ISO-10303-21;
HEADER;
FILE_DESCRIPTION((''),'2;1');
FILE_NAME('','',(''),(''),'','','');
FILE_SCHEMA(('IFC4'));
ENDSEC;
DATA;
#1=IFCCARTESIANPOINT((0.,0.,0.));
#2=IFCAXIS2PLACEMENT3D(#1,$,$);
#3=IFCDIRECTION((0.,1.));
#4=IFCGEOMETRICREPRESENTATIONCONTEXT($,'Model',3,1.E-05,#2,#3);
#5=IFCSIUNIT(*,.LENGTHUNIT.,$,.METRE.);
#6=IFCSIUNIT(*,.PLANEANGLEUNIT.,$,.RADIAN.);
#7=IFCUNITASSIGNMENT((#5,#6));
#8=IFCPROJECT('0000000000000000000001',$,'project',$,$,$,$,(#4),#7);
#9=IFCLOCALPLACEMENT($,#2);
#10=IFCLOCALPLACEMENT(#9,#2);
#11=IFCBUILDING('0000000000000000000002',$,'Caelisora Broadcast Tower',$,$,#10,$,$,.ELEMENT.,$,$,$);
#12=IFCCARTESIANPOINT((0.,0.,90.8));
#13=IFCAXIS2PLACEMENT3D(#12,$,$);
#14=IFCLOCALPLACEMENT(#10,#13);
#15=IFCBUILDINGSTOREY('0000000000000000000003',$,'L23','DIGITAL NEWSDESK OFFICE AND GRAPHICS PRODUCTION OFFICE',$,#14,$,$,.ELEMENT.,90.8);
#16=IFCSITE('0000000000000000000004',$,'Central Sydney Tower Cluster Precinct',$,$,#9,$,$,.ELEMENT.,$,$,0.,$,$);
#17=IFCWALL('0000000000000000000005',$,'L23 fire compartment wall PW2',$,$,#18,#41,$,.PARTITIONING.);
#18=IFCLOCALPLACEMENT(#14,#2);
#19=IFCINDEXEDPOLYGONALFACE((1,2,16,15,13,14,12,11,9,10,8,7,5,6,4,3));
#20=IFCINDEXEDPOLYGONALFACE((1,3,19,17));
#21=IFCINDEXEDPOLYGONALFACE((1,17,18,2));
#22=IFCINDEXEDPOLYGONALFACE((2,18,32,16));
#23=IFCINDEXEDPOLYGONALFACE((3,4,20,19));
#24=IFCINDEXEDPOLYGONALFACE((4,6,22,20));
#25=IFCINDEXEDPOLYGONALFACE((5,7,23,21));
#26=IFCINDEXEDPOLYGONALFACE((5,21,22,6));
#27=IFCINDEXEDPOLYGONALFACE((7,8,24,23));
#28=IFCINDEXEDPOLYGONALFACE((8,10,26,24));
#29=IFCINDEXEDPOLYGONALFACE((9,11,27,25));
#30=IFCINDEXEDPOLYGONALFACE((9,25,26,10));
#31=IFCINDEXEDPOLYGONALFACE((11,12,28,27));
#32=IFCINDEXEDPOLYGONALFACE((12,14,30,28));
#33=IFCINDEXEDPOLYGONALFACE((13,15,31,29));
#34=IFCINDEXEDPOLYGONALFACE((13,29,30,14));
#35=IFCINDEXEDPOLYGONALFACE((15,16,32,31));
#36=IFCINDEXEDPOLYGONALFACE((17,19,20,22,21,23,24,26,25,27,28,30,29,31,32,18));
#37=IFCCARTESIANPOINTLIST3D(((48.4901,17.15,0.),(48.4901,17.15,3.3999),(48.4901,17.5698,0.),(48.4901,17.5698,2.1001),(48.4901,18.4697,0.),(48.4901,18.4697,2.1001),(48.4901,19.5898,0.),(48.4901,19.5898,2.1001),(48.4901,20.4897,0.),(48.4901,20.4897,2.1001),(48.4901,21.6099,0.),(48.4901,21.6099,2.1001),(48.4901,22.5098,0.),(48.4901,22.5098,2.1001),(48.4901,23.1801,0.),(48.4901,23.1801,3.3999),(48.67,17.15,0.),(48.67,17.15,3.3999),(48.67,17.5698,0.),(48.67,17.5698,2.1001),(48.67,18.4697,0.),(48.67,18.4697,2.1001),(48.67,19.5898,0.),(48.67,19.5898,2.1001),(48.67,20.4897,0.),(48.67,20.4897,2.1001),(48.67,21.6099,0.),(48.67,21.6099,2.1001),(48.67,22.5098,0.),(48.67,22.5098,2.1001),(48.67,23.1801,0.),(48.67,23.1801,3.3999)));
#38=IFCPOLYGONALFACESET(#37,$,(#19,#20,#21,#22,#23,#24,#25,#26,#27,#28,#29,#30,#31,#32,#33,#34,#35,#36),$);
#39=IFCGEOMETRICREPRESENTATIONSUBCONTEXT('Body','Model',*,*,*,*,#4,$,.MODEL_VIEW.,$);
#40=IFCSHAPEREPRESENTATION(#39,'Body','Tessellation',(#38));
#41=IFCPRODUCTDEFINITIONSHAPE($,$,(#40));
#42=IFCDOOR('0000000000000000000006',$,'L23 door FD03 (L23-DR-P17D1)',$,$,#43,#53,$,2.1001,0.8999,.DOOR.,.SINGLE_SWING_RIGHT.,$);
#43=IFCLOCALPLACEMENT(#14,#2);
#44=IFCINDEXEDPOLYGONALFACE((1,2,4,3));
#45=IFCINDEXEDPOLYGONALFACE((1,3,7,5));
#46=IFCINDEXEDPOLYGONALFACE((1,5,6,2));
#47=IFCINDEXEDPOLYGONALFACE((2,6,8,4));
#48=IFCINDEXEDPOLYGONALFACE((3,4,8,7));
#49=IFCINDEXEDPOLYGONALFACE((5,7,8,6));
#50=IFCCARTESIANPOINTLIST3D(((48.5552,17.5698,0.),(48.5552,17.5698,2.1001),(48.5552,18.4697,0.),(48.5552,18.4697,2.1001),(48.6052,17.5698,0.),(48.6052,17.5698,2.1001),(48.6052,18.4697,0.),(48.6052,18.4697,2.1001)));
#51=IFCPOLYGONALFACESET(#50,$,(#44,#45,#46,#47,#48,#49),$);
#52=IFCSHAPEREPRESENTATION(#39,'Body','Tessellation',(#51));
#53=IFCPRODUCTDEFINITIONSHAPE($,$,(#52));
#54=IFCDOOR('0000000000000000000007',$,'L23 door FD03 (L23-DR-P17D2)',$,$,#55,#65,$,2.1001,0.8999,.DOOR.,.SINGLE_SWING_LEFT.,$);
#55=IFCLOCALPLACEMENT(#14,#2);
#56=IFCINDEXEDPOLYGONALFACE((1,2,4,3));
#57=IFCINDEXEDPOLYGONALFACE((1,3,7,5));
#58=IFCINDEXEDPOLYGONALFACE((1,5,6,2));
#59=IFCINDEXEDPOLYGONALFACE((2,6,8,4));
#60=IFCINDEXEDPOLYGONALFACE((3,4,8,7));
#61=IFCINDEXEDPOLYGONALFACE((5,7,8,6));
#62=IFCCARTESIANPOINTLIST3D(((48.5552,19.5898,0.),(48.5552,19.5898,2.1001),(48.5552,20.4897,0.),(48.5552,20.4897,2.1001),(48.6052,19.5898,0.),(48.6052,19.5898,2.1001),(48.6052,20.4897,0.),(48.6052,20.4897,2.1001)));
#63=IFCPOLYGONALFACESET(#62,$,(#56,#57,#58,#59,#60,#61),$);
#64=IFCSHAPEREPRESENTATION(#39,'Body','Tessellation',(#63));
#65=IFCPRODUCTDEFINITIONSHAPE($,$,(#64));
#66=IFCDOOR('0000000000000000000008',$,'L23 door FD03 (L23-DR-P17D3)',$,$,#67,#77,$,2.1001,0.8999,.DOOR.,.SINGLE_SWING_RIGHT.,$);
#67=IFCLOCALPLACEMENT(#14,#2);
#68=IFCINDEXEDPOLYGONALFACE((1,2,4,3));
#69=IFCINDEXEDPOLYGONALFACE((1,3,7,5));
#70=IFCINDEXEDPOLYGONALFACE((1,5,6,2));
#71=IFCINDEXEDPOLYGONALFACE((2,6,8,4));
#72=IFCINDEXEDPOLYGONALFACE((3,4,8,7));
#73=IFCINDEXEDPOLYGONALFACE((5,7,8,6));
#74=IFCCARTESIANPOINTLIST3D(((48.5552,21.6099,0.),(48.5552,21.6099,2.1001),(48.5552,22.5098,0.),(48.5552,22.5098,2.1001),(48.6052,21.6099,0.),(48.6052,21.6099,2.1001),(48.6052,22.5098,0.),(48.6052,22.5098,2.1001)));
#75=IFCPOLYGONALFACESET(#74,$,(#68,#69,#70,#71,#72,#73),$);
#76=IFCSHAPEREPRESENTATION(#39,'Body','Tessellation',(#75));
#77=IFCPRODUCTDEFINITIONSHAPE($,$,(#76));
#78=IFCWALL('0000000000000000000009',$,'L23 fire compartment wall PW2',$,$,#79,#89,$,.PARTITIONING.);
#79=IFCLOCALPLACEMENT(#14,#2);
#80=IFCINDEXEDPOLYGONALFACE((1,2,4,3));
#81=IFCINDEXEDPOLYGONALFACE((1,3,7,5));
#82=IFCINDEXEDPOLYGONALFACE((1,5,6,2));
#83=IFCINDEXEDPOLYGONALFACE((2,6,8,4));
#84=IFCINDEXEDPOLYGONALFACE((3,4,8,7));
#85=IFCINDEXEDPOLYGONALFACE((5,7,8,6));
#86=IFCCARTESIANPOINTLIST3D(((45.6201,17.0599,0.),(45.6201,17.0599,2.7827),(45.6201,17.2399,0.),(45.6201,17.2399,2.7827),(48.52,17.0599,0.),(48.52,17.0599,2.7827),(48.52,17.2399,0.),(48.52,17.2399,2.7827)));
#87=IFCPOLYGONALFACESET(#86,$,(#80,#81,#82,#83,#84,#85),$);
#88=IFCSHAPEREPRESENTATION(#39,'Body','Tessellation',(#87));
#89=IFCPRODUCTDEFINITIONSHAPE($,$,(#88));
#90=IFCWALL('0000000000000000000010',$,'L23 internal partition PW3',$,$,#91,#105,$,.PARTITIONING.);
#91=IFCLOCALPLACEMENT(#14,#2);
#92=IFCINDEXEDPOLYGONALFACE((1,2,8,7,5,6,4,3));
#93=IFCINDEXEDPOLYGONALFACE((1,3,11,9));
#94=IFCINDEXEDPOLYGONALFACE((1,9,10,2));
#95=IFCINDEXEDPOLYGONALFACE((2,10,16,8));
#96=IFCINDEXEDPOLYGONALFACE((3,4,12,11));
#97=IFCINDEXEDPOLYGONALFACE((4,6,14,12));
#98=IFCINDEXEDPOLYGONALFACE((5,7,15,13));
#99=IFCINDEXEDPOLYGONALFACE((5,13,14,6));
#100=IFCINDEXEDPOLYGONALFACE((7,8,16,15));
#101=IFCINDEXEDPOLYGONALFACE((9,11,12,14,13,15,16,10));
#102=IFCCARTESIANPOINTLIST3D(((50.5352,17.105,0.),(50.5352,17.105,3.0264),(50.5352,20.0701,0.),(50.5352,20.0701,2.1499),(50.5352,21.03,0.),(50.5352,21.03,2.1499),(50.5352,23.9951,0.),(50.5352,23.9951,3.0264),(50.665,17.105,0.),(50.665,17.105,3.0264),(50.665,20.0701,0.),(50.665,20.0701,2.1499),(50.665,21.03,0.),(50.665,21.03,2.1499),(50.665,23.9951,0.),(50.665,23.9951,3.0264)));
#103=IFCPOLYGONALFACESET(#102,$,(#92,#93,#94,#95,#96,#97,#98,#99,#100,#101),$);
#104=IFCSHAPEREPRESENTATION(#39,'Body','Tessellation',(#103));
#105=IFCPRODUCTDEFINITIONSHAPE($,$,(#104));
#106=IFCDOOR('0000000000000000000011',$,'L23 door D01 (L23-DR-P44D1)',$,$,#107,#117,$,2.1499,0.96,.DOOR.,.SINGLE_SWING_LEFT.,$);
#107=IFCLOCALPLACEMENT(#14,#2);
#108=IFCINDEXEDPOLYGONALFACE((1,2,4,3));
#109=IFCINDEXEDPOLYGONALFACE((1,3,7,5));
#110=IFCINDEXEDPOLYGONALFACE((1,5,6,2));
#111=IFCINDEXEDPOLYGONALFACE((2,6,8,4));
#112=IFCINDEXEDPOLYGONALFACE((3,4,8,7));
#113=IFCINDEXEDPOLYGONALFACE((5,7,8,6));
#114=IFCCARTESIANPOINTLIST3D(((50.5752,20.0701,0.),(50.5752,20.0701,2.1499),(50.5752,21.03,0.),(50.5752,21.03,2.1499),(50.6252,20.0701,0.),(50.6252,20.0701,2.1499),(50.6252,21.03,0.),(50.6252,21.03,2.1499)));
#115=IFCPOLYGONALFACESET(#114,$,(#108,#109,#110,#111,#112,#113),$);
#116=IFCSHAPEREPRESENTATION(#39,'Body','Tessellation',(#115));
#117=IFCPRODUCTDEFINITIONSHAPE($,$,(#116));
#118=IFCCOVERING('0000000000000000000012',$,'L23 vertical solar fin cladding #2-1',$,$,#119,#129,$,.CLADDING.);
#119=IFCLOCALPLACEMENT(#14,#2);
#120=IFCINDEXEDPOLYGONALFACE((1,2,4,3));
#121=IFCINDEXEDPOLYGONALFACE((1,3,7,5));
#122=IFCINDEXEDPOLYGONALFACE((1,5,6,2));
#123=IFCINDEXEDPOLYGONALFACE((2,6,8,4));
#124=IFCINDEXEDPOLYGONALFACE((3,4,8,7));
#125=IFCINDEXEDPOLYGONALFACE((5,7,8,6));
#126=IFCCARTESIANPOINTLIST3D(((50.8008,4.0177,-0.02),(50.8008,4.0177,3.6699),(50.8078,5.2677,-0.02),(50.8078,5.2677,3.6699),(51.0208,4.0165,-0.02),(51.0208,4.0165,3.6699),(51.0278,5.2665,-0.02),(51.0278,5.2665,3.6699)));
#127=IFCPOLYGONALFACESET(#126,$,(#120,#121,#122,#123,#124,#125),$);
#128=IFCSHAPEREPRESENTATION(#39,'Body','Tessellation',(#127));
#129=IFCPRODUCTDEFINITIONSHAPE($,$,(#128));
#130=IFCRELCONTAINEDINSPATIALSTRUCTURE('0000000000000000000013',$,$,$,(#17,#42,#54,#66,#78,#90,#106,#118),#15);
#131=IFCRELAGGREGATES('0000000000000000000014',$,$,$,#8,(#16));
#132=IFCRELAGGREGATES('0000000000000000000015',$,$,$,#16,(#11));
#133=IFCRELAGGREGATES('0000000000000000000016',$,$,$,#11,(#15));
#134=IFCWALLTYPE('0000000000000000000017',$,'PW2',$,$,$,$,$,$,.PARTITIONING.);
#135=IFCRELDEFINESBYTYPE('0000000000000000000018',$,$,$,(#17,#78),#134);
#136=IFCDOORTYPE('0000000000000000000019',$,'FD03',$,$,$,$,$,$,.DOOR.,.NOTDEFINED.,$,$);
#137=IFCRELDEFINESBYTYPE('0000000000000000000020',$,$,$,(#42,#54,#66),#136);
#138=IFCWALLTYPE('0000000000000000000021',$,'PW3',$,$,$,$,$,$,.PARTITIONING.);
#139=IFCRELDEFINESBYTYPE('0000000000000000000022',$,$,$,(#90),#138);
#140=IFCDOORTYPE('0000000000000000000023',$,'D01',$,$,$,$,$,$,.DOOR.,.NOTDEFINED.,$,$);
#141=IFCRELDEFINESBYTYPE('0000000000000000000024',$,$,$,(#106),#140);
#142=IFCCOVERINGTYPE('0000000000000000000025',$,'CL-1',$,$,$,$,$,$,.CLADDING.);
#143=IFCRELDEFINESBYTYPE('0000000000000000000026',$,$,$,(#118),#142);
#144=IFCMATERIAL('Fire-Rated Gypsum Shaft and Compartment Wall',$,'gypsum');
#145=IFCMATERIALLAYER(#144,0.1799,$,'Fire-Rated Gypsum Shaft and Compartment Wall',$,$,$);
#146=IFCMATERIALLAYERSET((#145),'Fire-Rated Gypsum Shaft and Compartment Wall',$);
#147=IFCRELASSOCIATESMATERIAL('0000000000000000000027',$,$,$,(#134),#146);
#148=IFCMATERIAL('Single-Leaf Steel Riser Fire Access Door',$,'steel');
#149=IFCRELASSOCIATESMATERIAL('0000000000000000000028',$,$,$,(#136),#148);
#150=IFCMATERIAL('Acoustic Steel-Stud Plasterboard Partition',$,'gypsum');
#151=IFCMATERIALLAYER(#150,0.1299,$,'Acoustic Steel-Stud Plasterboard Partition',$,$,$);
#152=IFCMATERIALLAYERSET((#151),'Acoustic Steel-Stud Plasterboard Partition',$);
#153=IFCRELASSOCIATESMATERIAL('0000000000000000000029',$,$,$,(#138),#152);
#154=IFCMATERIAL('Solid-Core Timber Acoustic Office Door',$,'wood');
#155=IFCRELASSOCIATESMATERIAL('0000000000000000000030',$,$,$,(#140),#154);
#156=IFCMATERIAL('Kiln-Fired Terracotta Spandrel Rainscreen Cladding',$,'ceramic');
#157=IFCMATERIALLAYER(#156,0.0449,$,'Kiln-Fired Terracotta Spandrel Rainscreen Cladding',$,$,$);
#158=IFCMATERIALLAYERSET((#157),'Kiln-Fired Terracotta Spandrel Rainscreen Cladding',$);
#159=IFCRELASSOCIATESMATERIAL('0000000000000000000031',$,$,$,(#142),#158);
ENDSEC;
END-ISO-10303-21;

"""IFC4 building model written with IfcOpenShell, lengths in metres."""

from ifc_helpers import new_model, si_unit, direction, frame, frame_2d, origin, origin_2d, place, context, subcontext, project, spatial, rectangle, extrude, source, transform, mapped, material, layer, layer_set, type_object, type_shapes, element, fill, save


model = new_model("IFC4")

# Units and contexts
model_context = context("Model", 3, precision=1e-05, world=origin(), true_north=direction((0.0, 1.0)))
body_context = subcontext(model_context, "Body", "Model", "MODEL_VIEW")
ifc_project = project(units=[si_unit("LENGTHUNIT", "METRE"), si_unit("PLANEANGLEUNIT", "RADIAN")], contexts=[model_context])

# Site, building, storey
site_placement = place(None, origin())
site = spatial("IfcSite", under=ifc_project, at=site_placement, Name="Central Sydney Tower Cluster Precinct", CompositionType="ELEMENT", RefElevation=0.0)
building_placement = place(site_placement, origin())
building = spatial("IfcBuilding", under=site, at=building_placement, Name="Caelisora Broadcast Tower", CompositionType="ELEMENT")
storey_placement = place(building_placement, frame((0.0, 0.0, 90.8)))
storey = spatial("IfcBuildingStorey", under=building, at=storey_placement, Name="L23", Description="DIGITAL NEWSDESK OFFICE AND GRAPHICS PRODUCTION OFFICE", CompositionType="ELEMENT", Elevation=90.8)

# Shared definitions
ifc_material_1 = material(Name="Fire-Rated Gypsum Shaft and Compartment Wall", Category="gypsum")
ifc_layer_1 = layer(ifc_material_1, 0.1799, Name="Fire-Rated Gypsum Shaft and Compartment Wall")
ifc_layer_set_1 = layer_set([ifc_layer_1], Name="Fire-Rated Gypsum Shaft and Compartment Wall")
wall_type_1 = type_object("IfcWallType", Name="PW2", PredefinedType="PARTITIONING", material=ifc_layer_set_1)

# Wall, openings, doors
wall_1_placement = place(storey_placement, frame((48.5801, 17.1499, 0.0), z_axis=(0.0, 0.0, 1.0), x_axis=(0.0, 1.0, 0.0)))
wall_1 = element("IfcWall", 1, at=wall_1_placement, inside=storey, type_object=wall_type_1, Name="L23 fire compartment wall PW2", PredefinedType="PARTITIONING", context=body_context, shape_type="SweptSolid", body=[
    extrude(rectangle(XDim=6.03, YDim=0.1799, at=frame_2d((3.0151, 0.0))), origin(), (0.0, 0.0, 1.0), 3.3999),
])
opening_1_placement = place(wall_1_placement, frame((0.4199, 0.0, 0.0)))
opening_1 = element("IfcOpeningElement", 2, at=opening_1_placement, cuts=wall_1, PredefinedType="OPENING", context=body_context, shape_type="SweptSolid", body=[
    extrude(rectangle(XDim=0.8999, YDim=2.1001, at=frame_2d((0.45, 1.05))), frame((0.0, 0.1021, 0.0), z_axis=(0.0, -1.0, 0.0), x_axis=(1.0, 0.0, 0.0)), (0.0, 0.0, 1.0), 0.2039),
])
opening_2_placement = place(wall_1_placement, frame((2.4399, 0.0, 0.0)))
opening_2 = element("IfcOpeningElement", 3, at=opening_2_placement, cuts=wall_1, PredefinedType="OPENING", context=body_context, shape_type="SweptSolid", body=[
    extrude(rectangle(XDim=0.8999, YDim=2.1001, at=frame_2d((0.45, 1.05))), frame((0.0, 0.1021, 0.0), z_axis=(0.0, -1.0, 0.0), x_axis=(1.0, 0.0, 0.0)), (0.0, 0.0, 1.0), 0.2039),
])
opening_3_placement = place(wall_1_placement, frame((4.46, 0.0, 0.0)))
opening_3 = element("IfcOpeningElement", 4, at=opening_3_placement, cuts=wall_1, PredefinedType="OPENING", context=body_context, shape_type="SweptSolid", body=[
    extrude(rectangle(XDim=0.8999, YDim=2.1001, at=frame_2d((0.45, 1.05))), frame((0.0, 0.1021, 0.0), z_axis=(0.0, -1.0, 0.0), x_axis=(1.0, 0.0, 0.0)), (0.0, 0.0, 1.0), 0.2039),
])
ifc_material_2 = material(Name="Single-Leaf Steel Riser Fire Access Door", Category="steel")
door_type_1 = type_object("IfcDoorType", Name="FD03", OperationType="NOTDEFINED", PredefinedType="DOOR", material=ifc_material_2)
door_1_placement = place(opening_1_placement, origin())
door_1 = element("IfcDoor", 5, at=door_1_placement, inside=storey, type_object=door_type_1, Name="L23 door FD03 (L23-DR-P17D1)", OperationType="SINGLE_SWING_RIGHT", OverallHeight=2.1001, OverallWidth=0.8999, PredefinedType="DOOR", context=body_context, shape_type="SweptSolid", body=[
    extrude(rectangle(XDim=0.8999, YDim=2.1001, at=frame_2d((0.45, 1.05))), frame((0.0, 0.0249, 0.0), z_axis=(0.0, -1.0, 0.0), x_axis=(1.0, 0.0, 0.0)), (0.0, 0.0, 1.0), 0.05),
])
fill(opening_1, door_1)
door_2_placement = place(opening_2_placement, origin())
door_2 = element("IfcDoor", 6, at=door_2_placement, inside=storey, type_object=door_type_1, Name="L23 door FD03 (L23-DR-P17D2)", OperationType="SINGLE_SWING_LEFT", OverallHeight=2.1001, OverallWidth=0.8999, PredefinedType="DOOR", context=body_context, shape_type="SweptSolid", body=[
    extrude(rectangle(XDim=0.8999, YDim=2.1001, at=frame_2d((0.45, 1.05))), frame((0.0, 0.0249, 0.0), z_axis=(0.0, -1.0, 0.0), x_axis=(1.0, 0.0, 0.0)), (0.0, 0.0, 1.0), 0.05),
])
fill(opening_2, door_2)
door_3_placement = place(opening_3_placement, origin())
door_3 = element("IfcDoor", 7, at=door_3_placement, inside=storey, type_object=door_type_1, Name="L23 door FD03 (L23-DR-P17D3)", OperationType="SINGLE_SWING_RIGHT", OverallHeight=2.1001, OverallWidth=0.8999, PredefinedType="DOOR", context=body_context, shape_type="SweptSolid", body=[
    extrude(rectangle(XDim=0.8999, YDim=2.1001, at=frame_2d((0.45, 1.05))), frame((0.0, 0.0249, 0.0), z_axis=(0.0, -1.0, 0.0), x_axis=(1.0, 0.0, 0.0)), (0.0, 0.0, 1.0), 0.05),
])
fill(opening_3, door_3)

# Wall
wall_2_placement = place(storey_placement, frame((45.6201, 17.1499, 0.0), z_axis=(0.0, 0.0, 1.0), x_axis=(1.0, 0.0, 0.0)))
element("IfcWall", 8, at=wall_2_placement, inside=storey, type_object=wall_type_1, Name="L23 fire compartment wall PW2", PredefinedType="PARTITIONING", context=body_context, shape_type="SweptSolid", body=[
    extrude(rectangle(XDim=2.8999, YDim=0.1799, at=frame_2d((1.45, 0.0))), origin(), (0.0, 0.0, 1.0), 2.7827),
])

# Wall, opening, door
ifc_material_3 = material(Name="Acoustic Steel-Stud Plasterboard Partition", Category="gypsum")
ifc_layer_2 = layer(ifc_material_3, 0.1299, Name="Acoustic Steel-Stud Plasterboard Partition")
ifc_layer_set_2 = layer_set([ifc_layer_2], Name="Acoustic Steel-Stud Plasterboard Partition")
wall_type_2 = type_object("IfcWallType", Name="PW3", PredefinedType="PARTITIONING", material=ifc_layer_set_2)
wall_3_placement = place(storey_placement, frame((50.6001, 17.105, 0.0), z_axis=(0.0, 0.0, 1.0), x_axis=(0.0, 1.0, 0.0)))
wall_3 = element("IfcWall", 9, at=wall_3_placement, inside=storey, type_object=wall_type_2, Name="L23 internal partition PW3", PredefinedType="PARTITIONING", context=body_context, shape_type="SweptSolid", body=[
    extrude(rectangle(XDim=6.8901, YDim=0.1299, at=frame_2d((3.4451, 0.0))), origin(), (0.0, 0.0, 1.0), 3.0264),
])
opening_4_placement = place(wall_3_placement, frame((2.9651, 0.0, 0.0)))
opening_4 = element("IfcOpeningElement", 10, at=opening_4_placement, cuts=wall_3, PredefinedType="OPENING", context=body_context, shape_type="SweptSolid", body=[
    extrude(rectangle(XDim=0.96, YDim=2.1499, at=frame_2d((0.48, 1.075))), frame((0.0, 0.0769, 0.0), z_axis=(0.0, -1.0, 0.0), x_axis=(1.0, 0.0, 0.0)), (0.0, 0.0, 1.0), 0.1538),
])
ifc_material_4 = material(Name="Solid-Core Timber Acoustic Office Door", Category="wood")
door_type_2 = type_object("IfcDoorType", Name="D01", OperationType="NOTDEFINED", PredefinedType="DOOR", material=ifc_material_4)
door_4_placement = place(opening_4_placement, origin())
door_4 = element("IfcDoor", 11, at=door_4_placement, inside=storey, type_object=door_type_2, Name="L23 door D01 (L23-DR-P44D1)", OperationType="SINGLE_SWING_LEFT", OverallHeight=2.1499, OverallWidth=0.96, PredefinedType="DOOR", context=body_context, shape_type="SweptSolid", body=[
    extrude(rectangle(XDim=0.96, YDim=2.1499, at=frame_2d((0.48, 1.075))), frame((0.0, 0.0249, 0.0), z_axis=(0.0, -1.0, 0.0), x_axis=(1.0, 0.0, 0.0)), (0.0, 0.0, 1.0), 0.05),
])
fill(opening_4, door_4)

# Covering
ifc_material_5 = material(Name="Kiln-Fired Terracotta Spandrel Rainscreen Cladding", Category="ceramic")
ifc_layer_3 = layer(ifc_material_5, 0.0449, Name="Kiln-Fired Terracotta Spandrel Rainscreen Cladding")
ifc_layer_set_3 = layer_set([ifc_layer_3], Name="Kiln-Fired Terracotta Spandrel Rainscreen Cladding")
covering_type = type_object("IfcCoveringType", Name="CL-1", PredefinedType="CLADDING", material=ifc_layer_set_3)
shared_shape_1 = source(origin(), body_context, "Body", "SweptSolid", [
    extrude(rectangle(XDim=0.22, YDim=1.25, at=origin_2d()), origin(), (0.0, 0.0, 1.0), 3.6899),
])
type_shapes(covering_type, [shared_shape_1])
covering_placement = place(storey_placement, frame((50.9143, 4.6421, -0.02), z_axis=(0.0, 0.0, 1.0), x_axis=(-0.999984, 0.005585, 0.0)))
element("IfcCovering", 12, at=covering_placement, inside=storey, type_object=covering_type, Name="L23 vertical solar fin cladding #2-1", PredefinedType="CLADDING", context=body_context, shape_type="MappedRepresentation", body=[
    mapped(shared_shape_1, transform((0.0, 0.0, 0.0), scale=1.0)),
])

save(model, "model.ifc")
